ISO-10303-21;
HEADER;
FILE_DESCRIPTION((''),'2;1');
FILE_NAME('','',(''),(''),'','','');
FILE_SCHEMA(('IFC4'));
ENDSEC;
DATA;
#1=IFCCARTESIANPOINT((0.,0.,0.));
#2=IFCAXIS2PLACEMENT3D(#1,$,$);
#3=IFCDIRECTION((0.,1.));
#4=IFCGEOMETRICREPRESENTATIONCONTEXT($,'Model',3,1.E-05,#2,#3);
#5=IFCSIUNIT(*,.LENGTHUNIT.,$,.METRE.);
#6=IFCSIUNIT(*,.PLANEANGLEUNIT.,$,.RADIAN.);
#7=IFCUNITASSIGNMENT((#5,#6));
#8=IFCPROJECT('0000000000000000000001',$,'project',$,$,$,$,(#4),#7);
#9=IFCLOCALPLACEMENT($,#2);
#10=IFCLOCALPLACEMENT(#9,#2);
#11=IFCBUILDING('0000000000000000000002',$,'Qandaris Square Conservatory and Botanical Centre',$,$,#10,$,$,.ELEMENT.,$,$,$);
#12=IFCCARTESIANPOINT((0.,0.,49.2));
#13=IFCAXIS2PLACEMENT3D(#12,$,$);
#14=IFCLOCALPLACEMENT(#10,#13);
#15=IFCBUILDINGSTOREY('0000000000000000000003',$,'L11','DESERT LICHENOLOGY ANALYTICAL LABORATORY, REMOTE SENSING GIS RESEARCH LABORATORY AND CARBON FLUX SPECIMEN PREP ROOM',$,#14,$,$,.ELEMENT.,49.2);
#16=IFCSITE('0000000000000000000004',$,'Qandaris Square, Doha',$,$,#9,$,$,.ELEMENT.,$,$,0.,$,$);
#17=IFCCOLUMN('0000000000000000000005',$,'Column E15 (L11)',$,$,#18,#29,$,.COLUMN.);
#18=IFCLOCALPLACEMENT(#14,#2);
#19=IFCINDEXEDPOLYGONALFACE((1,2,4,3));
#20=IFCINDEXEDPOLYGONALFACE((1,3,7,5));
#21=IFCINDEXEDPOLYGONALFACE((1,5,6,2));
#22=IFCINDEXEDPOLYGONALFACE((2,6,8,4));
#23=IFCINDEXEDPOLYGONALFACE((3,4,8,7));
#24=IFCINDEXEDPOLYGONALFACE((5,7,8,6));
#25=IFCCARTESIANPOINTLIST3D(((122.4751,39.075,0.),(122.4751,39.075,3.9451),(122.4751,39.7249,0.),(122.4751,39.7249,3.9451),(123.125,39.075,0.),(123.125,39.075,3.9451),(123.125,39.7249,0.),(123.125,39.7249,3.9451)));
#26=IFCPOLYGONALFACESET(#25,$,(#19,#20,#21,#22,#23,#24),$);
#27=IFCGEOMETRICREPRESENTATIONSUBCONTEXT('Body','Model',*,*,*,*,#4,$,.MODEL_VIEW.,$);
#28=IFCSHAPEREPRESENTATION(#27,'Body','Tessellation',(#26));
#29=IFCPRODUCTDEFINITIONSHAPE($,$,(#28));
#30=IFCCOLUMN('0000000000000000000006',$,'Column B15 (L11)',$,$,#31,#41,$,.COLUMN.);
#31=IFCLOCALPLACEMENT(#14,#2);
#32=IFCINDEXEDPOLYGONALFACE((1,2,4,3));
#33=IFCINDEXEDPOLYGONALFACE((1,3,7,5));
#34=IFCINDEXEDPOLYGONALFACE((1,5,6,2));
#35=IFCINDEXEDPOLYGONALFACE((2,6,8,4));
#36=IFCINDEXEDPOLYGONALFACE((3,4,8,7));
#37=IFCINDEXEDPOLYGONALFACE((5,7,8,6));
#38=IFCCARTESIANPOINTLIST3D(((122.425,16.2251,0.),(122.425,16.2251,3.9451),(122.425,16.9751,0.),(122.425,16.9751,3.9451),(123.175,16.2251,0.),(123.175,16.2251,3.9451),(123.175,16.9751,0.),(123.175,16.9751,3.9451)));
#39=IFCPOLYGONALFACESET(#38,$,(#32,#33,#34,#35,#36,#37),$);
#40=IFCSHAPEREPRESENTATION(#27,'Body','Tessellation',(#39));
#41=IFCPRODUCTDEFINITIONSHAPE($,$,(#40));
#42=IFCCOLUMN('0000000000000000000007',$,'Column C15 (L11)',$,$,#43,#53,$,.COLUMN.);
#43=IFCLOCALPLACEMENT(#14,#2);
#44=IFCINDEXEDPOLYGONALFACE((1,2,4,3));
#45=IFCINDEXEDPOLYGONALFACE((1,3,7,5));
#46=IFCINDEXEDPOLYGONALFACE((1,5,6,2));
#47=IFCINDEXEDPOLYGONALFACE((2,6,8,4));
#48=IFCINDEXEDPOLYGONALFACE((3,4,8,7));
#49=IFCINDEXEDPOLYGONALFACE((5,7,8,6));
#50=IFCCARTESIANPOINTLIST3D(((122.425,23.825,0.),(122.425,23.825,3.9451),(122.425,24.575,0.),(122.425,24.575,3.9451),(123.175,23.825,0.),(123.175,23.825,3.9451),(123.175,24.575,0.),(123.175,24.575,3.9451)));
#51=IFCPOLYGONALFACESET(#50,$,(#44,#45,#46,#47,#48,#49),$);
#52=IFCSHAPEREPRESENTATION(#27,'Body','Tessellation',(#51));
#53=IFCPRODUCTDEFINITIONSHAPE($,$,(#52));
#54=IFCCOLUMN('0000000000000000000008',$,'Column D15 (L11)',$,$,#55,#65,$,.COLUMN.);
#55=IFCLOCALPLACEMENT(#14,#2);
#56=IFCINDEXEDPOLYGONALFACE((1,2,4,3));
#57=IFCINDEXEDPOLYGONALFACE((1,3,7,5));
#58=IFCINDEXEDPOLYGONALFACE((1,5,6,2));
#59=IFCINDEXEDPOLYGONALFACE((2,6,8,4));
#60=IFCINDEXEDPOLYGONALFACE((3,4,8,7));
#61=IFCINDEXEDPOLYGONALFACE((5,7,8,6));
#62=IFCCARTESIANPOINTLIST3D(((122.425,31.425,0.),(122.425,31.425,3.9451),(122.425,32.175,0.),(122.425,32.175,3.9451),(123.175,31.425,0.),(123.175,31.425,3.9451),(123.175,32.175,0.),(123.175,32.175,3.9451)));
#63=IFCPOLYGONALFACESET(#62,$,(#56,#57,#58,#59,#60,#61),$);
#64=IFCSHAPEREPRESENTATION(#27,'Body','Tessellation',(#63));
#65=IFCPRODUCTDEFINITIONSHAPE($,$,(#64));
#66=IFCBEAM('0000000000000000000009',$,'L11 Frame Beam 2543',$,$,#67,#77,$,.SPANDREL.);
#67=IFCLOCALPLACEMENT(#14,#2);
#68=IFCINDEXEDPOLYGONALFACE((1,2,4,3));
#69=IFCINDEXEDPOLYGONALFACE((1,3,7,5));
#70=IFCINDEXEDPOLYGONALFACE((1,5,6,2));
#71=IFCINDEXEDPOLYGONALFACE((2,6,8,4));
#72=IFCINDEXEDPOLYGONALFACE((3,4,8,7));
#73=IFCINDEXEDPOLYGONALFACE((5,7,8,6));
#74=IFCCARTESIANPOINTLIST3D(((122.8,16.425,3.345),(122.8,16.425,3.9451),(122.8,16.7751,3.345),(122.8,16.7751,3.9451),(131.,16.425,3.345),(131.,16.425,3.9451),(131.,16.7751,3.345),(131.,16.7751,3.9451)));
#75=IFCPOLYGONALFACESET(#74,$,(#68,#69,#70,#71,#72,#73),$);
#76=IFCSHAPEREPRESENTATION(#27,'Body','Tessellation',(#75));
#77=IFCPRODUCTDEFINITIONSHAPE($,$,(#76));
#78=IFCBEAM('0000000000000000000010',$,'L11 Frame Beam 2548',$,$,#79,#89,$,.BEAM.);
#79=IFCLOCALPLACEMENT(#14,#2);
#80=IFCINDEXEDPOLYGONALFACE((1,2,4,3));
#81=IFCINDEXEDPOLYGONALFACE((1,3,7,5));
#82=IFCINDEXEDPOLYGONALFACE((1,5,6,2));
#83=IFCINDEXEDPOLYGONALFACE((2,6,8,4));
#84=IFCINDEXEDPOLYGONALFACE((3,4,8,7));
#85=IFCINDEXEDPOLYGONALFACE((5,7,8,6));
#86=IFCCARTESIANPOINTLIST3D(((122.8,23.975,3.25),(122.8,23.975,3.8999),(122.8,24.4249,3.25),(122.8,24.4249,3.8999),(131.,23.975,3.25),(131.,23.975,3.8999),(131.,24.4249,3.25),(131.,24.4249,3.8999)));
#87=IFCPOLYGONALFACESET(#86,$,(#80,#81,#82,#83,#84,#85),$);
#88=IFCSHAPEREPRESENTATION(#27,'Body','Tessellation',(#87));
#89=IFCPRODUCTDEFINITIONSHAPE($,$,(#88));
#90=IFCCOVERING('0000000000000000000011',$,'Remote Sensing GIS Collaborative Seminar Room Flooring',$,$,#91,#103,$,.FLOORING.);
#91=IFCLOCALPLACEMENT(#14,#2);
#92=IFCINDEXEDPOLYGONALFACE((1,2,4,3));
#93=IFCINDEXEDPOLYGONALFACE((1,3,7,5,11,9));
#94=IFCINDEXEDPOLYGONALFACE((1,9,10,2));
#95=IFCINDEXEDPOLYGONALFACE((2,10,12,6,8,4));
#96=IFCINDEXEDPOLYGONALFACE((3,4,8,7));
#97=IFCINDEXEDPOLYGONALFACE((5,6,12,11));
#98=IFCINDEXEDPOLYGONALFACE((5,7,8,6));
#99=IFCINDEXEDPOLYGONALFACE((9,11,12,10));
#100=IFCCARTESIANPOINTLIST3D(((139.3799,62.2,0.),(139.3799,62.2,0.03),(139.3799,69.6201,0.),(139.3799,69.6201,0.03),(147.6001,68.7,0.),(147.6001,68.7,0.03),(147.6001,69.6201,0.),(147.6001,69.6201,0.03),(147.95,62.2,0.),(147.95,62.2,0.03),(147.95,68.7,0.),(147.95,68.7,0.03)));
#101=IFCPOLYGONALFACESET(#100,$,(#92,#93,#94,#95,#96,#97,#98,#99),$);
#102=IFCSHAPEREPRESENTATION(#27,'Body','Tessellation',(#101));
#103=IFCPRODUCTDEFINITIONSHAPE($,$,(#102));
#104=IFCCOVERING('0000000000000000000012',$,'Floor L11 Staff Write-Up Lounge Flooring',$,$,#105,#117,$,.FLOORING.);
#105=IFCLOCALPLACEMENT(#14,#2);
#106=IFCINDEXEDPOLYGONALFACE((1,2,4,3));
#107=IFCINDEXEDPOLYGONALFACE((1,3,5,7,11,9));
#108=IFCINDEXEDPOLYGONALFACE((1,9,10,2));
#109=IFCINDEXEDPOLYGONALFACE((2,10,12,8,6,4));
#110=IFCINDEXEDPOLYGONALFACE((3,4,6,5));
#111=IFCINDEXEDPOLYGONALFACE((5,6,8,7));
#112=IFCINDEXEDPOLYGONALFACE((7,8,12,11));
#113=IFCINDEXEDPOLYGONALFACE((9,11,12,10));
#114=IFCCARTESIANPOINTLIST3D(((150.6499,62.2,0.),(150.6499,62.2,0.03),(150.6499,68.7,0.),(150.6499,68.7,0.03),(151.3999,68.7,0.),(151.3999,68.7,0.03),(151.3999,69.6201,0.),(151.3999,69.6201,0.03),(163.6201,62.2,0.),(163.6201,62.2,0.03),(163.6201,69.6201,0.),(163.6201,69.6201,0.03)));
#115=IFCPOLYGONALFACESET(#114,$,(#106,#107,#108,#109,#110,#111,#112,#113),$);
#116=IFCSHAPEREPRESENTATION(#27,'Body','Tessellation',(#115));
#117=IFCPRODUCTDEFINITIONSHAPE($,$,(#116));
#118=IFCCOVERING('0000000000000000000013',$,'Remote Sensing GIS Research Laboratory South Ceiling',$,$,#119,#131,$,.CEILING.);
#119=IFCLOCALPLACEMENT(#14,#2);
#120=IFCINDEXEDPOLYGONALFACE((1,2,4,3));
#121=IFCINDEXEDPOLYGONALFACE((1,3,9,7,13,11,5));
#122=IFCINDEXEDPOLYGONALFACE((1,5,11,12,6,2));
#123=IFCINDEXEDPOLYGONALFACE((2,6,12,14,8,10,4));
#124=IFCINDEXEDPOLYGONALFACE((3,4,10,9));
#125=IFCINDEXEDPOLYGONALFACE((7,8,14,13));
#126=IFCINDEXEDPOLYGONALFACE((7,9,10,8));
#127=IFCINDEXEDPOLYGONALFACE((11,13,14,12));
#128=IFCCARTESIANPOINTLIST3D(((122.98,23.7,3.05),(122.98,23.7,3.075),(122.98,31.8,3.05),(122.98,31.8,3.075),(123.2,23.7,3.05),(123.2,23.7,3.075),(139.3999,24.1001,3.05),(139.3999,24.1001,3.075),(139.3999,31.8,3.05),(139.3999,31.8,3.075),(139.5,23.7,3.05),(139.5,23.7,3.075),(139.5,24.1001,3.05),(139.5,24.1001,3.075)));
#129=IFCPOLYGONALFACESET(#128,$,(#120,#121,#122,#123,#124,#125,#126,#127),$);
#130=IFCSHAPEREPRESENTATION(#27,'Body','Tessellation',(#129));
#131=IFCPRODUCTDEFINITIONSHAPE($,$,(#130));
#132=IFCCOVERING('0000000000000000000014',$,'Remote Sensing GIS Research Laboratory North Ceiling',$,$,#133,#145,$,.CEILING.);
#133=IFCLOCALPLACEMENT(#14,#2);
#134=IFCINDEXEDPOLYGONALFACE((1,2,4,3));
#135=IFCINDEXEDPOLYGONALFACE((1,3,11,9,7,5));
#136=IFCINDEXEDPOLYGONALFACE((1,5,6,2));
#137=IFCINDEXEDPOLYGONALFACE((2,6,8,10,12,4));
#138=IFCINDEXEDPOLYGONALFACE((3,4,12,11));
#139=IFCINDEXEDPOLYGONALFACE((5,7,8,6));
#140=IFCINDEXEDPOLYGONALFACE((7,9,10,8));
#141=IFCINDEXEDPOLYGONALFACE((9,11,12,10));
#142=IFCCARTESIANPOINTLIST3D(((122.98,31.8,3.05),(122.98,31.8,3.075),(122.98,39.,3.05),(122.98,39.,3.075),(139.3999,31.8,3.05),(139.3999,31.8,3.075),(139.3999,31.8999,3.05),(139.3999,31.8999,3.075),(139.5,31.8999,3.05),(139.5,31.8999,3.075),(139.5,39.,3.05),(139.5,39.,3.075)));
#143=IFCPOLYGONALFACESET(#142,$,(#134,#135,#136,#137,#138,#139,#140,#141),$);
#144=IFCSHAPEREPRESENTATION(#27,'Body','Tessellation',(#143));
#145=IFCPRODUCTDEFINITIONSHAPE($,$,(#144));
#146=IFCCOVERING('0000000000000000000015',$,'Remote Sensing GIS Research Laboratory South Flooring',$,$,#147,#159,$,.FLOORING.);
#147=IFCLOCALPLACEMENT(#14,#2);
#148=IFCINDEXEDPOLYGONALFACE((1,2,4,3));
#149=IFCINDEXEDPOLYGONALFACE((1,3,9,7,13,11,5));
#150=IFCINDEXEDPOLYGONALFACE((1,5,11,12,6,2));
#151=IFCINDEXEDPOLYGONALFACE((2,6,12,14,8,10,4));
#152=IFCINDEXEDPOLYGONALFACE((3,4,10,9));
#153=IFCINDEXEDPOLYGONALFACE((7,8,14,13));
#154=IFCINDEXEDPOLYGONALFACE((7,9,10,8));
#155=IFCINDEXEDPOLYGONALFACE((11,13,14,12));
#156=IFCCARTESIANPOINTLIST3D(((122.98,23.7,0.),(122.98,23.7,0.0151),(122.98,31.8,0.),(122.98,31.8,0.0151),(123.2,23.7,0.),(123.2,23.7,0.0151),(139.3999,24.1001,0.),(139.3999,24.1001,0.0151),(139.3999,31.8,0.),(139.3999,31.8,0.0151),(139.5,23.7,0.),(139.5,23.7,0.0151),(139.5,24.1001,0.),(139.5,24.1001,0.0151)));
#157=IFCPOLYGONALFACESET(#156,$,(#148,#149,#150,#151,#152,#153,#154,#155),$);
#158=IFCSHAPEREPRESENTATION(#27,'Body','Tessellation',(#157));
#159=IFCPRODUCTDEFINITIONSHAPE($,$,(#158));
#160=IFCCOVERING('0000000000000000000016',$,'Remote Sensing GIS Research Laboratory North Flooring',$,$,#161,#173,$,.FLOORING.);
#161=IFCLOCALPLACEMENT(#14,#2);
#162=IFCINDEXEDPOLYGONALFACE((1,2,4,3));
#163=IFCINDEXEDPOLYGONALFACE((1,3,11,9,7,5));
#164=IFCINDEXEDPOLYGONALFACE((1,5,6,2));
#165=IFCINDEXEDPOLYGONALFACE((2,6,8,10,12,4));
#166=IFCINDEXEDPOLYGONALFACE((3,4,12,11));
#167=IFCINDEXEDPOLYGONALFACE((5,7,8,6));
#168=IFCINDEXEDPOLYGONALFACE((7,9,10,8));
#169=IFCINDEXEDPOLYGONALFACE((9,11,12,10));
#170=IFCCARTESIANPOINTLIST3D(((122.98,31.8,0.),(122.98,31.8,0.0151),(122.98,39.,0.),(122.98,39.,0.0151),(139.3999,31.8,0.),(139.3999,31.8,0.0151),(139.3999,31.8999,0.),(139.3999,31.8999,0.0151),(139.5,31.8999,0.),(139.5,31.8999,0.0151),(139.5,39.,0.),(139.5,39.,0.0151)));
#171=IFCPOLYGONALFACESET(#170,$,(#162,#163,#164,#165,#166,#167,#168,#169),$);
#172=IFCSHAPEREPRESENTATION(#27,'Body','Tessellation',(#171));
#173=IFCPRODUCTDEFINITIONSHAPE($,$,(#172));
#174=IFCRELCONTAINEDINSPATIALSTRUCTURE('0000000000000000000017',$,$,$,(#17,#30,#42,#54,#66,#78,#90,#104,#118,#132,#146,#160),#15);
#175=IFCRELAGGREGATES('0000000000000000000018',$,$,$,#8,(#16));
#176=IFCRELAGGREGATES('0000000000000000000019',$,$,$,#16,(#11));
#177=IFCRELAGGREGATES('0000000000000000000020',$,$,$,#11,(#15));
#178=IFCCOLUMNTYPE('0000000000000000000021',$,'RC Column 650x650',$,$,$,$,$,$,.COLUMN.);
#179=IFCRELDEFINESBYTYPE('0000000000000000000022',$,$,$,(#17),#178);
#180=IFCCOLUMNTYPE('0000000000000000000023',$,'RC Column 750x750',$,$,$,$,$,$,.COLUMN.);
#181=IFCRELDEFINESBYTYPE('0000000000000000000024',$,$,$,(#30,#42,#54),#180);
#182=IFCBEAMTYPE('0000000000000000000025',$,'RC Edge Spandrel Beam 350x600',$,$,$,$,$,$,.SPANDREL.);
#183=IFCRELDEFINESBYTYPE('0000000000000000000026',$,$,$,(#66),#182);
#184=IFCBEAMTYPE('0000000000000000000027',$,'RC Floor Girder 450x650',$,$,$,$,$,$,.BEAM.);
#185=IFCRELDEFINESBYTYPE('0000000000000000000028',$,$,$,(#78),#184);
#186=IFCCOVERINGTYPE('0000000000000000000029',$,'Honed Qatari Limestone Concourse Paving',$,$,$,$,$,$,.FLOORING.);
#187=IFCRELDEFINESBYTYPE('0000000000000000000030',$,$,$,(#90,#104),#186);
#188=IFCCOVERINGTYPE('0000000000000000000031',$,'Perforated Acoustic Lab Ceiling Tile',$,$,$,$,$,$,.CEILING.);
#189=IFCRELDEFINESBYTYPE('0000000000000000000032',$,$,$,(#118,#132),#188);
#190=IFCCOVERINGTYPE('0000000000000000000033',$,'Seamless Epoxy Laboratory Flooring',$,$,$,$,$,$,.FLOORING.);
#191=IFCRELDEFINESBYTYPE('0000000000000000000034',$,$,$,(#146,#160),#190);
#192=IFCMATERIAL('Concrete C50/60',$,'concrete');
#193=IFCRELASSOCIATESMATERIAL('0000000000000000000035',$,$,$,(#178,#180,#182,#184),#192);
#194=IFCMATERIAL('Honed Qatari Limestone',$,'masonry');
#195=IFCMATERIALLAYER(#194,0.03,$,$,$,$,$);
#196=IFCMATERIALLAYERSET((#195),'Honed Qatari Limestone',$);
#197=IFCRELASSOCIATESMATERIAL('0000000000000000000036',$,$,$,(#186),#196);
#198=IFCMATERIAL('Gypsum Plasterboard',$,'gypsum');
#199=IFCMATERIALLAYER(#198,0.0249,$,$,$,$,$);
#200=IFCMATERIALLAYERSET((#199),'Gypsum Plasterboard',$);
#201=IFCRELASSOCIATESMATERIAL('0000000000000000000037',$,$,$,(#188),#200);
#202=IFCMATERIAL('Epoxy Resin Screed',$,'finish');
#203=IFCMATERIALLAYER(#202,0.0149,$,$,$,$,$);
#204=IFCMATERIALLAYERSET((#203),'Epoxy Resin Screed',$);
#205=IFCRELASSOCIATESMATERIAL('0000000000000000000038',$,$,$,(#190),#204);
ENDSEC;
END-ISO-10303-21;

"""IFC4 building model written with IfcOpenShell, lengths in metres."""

from ifc_helpers import new_model, si_unit, direction, frame, origin, origin_2d, place, context, subcontext, project, spatial, polyline, rectangle, outline, extrude, material, layer, layer_set, material_profile, profile_set, type_object, element, save


model = new_model("IFC4")

# Units and contexts
model_context = context("Model", 3, precision=1e-05, world=origin(), true_north=direction((0.0, 1.0)))
body_context = subcontext(model_context, "Body", "Model", "MODEL_VIEW")
ifc_project = project(units=[si_unit("LENGTHUNIT", "METRE"), si_unit("PLANEANGLEUNIT", "RADIAN")], contexts=[model_context])

# Site, building, storey
site_placement = place(None, origin())
site = spatial("IfcSite", under=ifc_project, at=site_placement, Name="Qandaris Square, Doha", CompositionType="ELEMENT", RefElevation=0.0)
building_placement = place(site_placement, origin())
building = spatial("IfcBuilding", under=site, at=building_placement, Name="Qandaris Square Conservatory and Botanical Centre", CompositionType="ELEMENT")
storey_placement = place(building_placement, frame((0.0, 0.0, 49.2)))
storey = spatial("IfcBuildingStorey", under=building, at=storey_placement, Name="L11", Description="DESERT LICHENOLOGY ANALYTICAL LABORATORY, REMOTE SENSING GIS RESEARCH LABORATORY AND CARBON FLUX SPECIMEN PREP ROOM", CompositionType="ELEMENT", Elevation=49.2)

# Columns
ifc_material_1 = material(Name="Concrete C50/60", Category="concrete")
ifc_material_profile_1 = material_profile(ifc_material_1, rectangle(XDim=0.6499, YDim=0.6499, at=origin_2d()), Name="RC-COL 650x650")
ifc_profile_set_1 = profile_set([ifc_material_profile_1], Name="Concrete C50/60")
column_type_1 = type_object("IfcColumnType", Name="RC Column 650x650", PredefinedType="COLUMN", material=ifc_profile_set_1)
column_placement = place(storey_placement, frame((122.8, 39.3999, 0.0), z_axis=(0.0, 0.0, 1.0), x_axis=(1.0, 0.0, 0.0)))
element("IfcColumn", 1, at=column_placement, inside=storey, type_object=column_type_1, Name="Column E15 (L11)", PredefinedType="COLUMN", context=body_context, shape_type="SweptSolid", body=[
    extrude(rectangle(XDim=0.6499, YDim=0.6499, at=origin_2d()), origin(), (0.0, 0.0, 1.0), 3.9451),
])
ifc_material_profile_2 = material_profile(ifc_material_1, rectangle(XDim=0.75, YDim=0.75, at=origin_2d()), Name="RC-COL 750x750")
ifc_profile_set_2 = profile_set([ifc_material_profile_2], Name="Concrete C50/60")
column_type_2 = type_object("IfcColumnType", Name="RC Column 750x750", PredefinedType="COLUMN", material=ifc_profile_set_2)
for number, where, z_axis, x_axis, name in (
    (2, (122.8, 16.6001, 0.0), (0.0, 0.0, 1.0), (1.0, 0.0, 0.0), "Column B15 (L11)"),
    (3, (122.8, 24.2, 0.0), (0.0, 0.0, 1.0), (1.0, 0.0, 0.0), "Column C15 (L11)"),
    (4, (122.8, 31.8, 0.0), (0.0, 0.0, 1.0), (1.0, 0.0, 0.0), "Column D15 (L11)"),
):
    element("IfcColumn", number, at=place(storey_placement, frame(where, z_axis=z_axis, x_axis=x_axis)), inside=storey, type_object=column_type_2, Name=name, PredefinedType="COLUMN", context=body_context, shape_type="SweptSolid", body=[
        extrude(rectangle(XDim=0.75, YDim=0.75, at=origin_2d()), origin(), (0.0, 0.0, 1.0), 3.9451),
    ])

# Beams
ifc_material_profile_3 = material_profile(ifc_material_1, rectangle(XDim=0.3501, YDim=0.6001, at=origin_2d()), Name="RC-SP 350x600")
ifc_profile_set_3 = profile_set([ifc_material_profile_3], Name="Concrete C50/60")
beam_type_1 = type_object("IfcBeamType", Name="RC Edge Spandrel Beam 350x600", PredefinedType="SPANDREL", material=ifc_profile_set_3)
beam_1_placement = place(storey_placement, frame((122.8, 16.6001, 3.645), z_axis=(1.0, 0.0, 0.0), x_axis=(0.0, 1.0, 0.0)))
element("IfcBeam", 5, at=beam_1_placement, inside=storey, type_object=beam_type_1, Name="L11 Frame Beam 2543", PredefinedType="SPANDREL", context=body_context, shape_type="SweptSolid", body=[
    extrude(rectangle(XDim=0.3501, YDim=0.6001, at=origin_2d()), origin(), (0.0, 0.0, 1.0), 8.2),
])
ifc_material_profile_4 = material_profile(ifc_material_1, rectangle(XDim=0.45, YDim=0.6499, at=origin_2d()), Name="RC-BM 450x650")
ifc_profile_set_4 = profile_set([ifc_material_profile_4], Name="Concrete C50/60")
beam_type_2 = type_object("IfcBeamType", Name="RC Floor Girder 450x650", PredefinedType="BEAM", material=ifc_profile_set_4)
beam_2_placement = place(storey_placement, frame((122.8, 24.2, 3.575), z_axis=(1.0, 0.0, 0.0), x_axis=(0.0, 1.0, 0.0)))
element("IfcBeam", 6, at=beam_2_placement, inside=storey, type_object=beam_type_2, Name="L11 Frame Beam 2548", PredefinedType="BEAM", context=body_context, shape_type="SweptSolid", body=[
    extrude(rectangle(XDim=0.45, YDim=0.6499, at=origin_2d()), origin(), (0.0, 0.0, 1.0), 8.2),
])

# Coverings
ifc_material_2 = material(Name="Honed Qatari Limestone", Category="masonry")
ifc_layer_1 = layer(ifc_material_2, 0.03)
ifc_layer_set_1 = layer_set([ifc_layer_1], Name="Honed Qatari Limestone")
covering_type_1 = type_object("IfcCoveringType", Name="Honed Qatari Limestone Concourse Paving", PredefinedType="FLOORING", material=ifc_layer_set_1)
covering_1_placement = place(storey_placement, origin())
element("IfcCovering", 7, at=covering_1_placement, inside=storey, type_object=covering_type_1, Name="Remote Sensing GIS Collaborative Seminar Room Flooring", PredefinedType="FLOORING", context=body_context, shape_type="SweptSolid", body=[
    extrude(outline(polyline([(147.95, 62.2), (139.3799, 62.2), (139.3799, 69.6201), (147.6001, 69.6201), (147.6001, 68.7), (147.95, 68.7), (147.95, 62.2)])), origin(), (0.0, 0.0, 1.0), 0.03),
])
covering_2_placement = place(storey_placement, origin())
element("IfcCovering", 8, at=covering_2_placement, inside=storey, type_object=covering_type_1, Name="Floor L11 Staff Write-Up Lounge Flooring", PredefinedType="FLOORING", context=body_context, shape_type="SweptSolid", body=[
    extrude(outline(polyline([(150.6499, 62.2), (150.6499, 68.7), (151.3999, 68.7), (151.3999, 69.6201), (163.6201, 69.6201), (163.6201, 62.2), (150.6499, 62.2)])), origin(), (0.0, 0.0, 1.0), 0.03),
])
ifc_material_3 = material(Name="Gypsum Plasterboard", Category="gypsum")
ifc_layer_2 = layer(ifc_material_3, 0.0249)
ifc_layer_set_2 = layer_set([ifc_layer_2], Name="Gypsum Plasterboard")
covering_type_2 = type_object("IfcCoveringType", Name="Perforated Acoustic Lab Ceiling Tile", PredefinedType="CEILING", material=ifc_layer_set_2)
covering_3_placement = place(storey_placement, frame((0.0, 0.0, 3.05)))
element("IfcCovering", 9, at=covering_3_placement, inside=storey, type_object=covering_type_2, Name="Remote Sensing GIS Research Laboratory South Ceiling", PredefinedType="CEILING", context=body_context, shape_type="SweptSolid", body=[
    extrude(outline(polyline([(139.5, 23.7), (123.2, 23.7), (122.98, 23.7), (122.98, 31.8), (139.3999, 31.8), (139.3999, 24.1001), (139.5, 24.1001), (139.5, 23.7)])), origin(), (0.0, 0.0, 1.0), 0.0249),
])
covering_4_placement = place(storey_placement, frame((0.0, 0.0, 3.05)))
element("IfcCovering", 10, at=covering_4_placement, inside=storey, type_object=covering_type_2, Name="Remote Sensing GIS Research Laboratory North Ceiling", PredefinedType="CEILING", context=body_context, shape_type="SweptSolid", body=[
    extrude(outline(polyline([(139.5, 31.8999), (139.3999, 31.8999), (139.3999, 31.8), (122.98, 31.8), (122.98, 39.0), (139.5, 39.0), (139.5, 31.8999)])), origin(), (0.0, 0.0, 1.0), 0.0249),
])
ifc_material_4 = material(Name="Epoxy Resin Screed", Category="finish")
ifc_layer_3 = layer(ifc_material_4, 0.0149)
ifc_layer_set_3 = layer_set([ifc_layer_3], Name="Epoxy Resin Screed")
covering_type_3 = type_object("IfcCoveringType", Name="Seamless Epoxy Laboratory Flooring", PredefinedType="FLOORING", material=ifc_layer_set_3)
covering_5_placement = place(storey_placement, origin())
element("IfcCovering", 11, at=covering_5_placement, inside=storey, type_object=covering_type_3, Name="Remote Sensing GIS Research Laboratory South Flooring", PredefinedType="FLOORING", context=body_context, shape_type="SweptSolid", body=[
    extrude(outline(polyline([(139.5, 23.7), (123.2, 23.7), (122.98, 23.7), (122.98, 31.8), (139.3999, 31.8), (139.3999, 24.1001), (139.5, 24.1001), (139.5, 23.7)])), origin(), (0.0, 0.0, 1.0), 0.0151),
])
covering_6_placement = place(storey_placement, origin())
element("IfcCovering", 12, at=covering_6_placement, inside=storey, type_object=covering_type_3, Name="Remote Sensing GIS Research Laboratory North Flooring", PredefinedType="FLOORING", context=body_context, shape_type="SweptSolid", body=[
    extrude(outline(polyline([(139.5, 31.8999), (139.3999, 31.8999), (139.3999, 31.8), (122.98, 31.8), (122.98, 39.0), (139.5, 39.0), (139.5, 31.8999)])), origin(), (0.0, 0.0, 1.0), 0.0151),
])

save(model, "model.ifc")
